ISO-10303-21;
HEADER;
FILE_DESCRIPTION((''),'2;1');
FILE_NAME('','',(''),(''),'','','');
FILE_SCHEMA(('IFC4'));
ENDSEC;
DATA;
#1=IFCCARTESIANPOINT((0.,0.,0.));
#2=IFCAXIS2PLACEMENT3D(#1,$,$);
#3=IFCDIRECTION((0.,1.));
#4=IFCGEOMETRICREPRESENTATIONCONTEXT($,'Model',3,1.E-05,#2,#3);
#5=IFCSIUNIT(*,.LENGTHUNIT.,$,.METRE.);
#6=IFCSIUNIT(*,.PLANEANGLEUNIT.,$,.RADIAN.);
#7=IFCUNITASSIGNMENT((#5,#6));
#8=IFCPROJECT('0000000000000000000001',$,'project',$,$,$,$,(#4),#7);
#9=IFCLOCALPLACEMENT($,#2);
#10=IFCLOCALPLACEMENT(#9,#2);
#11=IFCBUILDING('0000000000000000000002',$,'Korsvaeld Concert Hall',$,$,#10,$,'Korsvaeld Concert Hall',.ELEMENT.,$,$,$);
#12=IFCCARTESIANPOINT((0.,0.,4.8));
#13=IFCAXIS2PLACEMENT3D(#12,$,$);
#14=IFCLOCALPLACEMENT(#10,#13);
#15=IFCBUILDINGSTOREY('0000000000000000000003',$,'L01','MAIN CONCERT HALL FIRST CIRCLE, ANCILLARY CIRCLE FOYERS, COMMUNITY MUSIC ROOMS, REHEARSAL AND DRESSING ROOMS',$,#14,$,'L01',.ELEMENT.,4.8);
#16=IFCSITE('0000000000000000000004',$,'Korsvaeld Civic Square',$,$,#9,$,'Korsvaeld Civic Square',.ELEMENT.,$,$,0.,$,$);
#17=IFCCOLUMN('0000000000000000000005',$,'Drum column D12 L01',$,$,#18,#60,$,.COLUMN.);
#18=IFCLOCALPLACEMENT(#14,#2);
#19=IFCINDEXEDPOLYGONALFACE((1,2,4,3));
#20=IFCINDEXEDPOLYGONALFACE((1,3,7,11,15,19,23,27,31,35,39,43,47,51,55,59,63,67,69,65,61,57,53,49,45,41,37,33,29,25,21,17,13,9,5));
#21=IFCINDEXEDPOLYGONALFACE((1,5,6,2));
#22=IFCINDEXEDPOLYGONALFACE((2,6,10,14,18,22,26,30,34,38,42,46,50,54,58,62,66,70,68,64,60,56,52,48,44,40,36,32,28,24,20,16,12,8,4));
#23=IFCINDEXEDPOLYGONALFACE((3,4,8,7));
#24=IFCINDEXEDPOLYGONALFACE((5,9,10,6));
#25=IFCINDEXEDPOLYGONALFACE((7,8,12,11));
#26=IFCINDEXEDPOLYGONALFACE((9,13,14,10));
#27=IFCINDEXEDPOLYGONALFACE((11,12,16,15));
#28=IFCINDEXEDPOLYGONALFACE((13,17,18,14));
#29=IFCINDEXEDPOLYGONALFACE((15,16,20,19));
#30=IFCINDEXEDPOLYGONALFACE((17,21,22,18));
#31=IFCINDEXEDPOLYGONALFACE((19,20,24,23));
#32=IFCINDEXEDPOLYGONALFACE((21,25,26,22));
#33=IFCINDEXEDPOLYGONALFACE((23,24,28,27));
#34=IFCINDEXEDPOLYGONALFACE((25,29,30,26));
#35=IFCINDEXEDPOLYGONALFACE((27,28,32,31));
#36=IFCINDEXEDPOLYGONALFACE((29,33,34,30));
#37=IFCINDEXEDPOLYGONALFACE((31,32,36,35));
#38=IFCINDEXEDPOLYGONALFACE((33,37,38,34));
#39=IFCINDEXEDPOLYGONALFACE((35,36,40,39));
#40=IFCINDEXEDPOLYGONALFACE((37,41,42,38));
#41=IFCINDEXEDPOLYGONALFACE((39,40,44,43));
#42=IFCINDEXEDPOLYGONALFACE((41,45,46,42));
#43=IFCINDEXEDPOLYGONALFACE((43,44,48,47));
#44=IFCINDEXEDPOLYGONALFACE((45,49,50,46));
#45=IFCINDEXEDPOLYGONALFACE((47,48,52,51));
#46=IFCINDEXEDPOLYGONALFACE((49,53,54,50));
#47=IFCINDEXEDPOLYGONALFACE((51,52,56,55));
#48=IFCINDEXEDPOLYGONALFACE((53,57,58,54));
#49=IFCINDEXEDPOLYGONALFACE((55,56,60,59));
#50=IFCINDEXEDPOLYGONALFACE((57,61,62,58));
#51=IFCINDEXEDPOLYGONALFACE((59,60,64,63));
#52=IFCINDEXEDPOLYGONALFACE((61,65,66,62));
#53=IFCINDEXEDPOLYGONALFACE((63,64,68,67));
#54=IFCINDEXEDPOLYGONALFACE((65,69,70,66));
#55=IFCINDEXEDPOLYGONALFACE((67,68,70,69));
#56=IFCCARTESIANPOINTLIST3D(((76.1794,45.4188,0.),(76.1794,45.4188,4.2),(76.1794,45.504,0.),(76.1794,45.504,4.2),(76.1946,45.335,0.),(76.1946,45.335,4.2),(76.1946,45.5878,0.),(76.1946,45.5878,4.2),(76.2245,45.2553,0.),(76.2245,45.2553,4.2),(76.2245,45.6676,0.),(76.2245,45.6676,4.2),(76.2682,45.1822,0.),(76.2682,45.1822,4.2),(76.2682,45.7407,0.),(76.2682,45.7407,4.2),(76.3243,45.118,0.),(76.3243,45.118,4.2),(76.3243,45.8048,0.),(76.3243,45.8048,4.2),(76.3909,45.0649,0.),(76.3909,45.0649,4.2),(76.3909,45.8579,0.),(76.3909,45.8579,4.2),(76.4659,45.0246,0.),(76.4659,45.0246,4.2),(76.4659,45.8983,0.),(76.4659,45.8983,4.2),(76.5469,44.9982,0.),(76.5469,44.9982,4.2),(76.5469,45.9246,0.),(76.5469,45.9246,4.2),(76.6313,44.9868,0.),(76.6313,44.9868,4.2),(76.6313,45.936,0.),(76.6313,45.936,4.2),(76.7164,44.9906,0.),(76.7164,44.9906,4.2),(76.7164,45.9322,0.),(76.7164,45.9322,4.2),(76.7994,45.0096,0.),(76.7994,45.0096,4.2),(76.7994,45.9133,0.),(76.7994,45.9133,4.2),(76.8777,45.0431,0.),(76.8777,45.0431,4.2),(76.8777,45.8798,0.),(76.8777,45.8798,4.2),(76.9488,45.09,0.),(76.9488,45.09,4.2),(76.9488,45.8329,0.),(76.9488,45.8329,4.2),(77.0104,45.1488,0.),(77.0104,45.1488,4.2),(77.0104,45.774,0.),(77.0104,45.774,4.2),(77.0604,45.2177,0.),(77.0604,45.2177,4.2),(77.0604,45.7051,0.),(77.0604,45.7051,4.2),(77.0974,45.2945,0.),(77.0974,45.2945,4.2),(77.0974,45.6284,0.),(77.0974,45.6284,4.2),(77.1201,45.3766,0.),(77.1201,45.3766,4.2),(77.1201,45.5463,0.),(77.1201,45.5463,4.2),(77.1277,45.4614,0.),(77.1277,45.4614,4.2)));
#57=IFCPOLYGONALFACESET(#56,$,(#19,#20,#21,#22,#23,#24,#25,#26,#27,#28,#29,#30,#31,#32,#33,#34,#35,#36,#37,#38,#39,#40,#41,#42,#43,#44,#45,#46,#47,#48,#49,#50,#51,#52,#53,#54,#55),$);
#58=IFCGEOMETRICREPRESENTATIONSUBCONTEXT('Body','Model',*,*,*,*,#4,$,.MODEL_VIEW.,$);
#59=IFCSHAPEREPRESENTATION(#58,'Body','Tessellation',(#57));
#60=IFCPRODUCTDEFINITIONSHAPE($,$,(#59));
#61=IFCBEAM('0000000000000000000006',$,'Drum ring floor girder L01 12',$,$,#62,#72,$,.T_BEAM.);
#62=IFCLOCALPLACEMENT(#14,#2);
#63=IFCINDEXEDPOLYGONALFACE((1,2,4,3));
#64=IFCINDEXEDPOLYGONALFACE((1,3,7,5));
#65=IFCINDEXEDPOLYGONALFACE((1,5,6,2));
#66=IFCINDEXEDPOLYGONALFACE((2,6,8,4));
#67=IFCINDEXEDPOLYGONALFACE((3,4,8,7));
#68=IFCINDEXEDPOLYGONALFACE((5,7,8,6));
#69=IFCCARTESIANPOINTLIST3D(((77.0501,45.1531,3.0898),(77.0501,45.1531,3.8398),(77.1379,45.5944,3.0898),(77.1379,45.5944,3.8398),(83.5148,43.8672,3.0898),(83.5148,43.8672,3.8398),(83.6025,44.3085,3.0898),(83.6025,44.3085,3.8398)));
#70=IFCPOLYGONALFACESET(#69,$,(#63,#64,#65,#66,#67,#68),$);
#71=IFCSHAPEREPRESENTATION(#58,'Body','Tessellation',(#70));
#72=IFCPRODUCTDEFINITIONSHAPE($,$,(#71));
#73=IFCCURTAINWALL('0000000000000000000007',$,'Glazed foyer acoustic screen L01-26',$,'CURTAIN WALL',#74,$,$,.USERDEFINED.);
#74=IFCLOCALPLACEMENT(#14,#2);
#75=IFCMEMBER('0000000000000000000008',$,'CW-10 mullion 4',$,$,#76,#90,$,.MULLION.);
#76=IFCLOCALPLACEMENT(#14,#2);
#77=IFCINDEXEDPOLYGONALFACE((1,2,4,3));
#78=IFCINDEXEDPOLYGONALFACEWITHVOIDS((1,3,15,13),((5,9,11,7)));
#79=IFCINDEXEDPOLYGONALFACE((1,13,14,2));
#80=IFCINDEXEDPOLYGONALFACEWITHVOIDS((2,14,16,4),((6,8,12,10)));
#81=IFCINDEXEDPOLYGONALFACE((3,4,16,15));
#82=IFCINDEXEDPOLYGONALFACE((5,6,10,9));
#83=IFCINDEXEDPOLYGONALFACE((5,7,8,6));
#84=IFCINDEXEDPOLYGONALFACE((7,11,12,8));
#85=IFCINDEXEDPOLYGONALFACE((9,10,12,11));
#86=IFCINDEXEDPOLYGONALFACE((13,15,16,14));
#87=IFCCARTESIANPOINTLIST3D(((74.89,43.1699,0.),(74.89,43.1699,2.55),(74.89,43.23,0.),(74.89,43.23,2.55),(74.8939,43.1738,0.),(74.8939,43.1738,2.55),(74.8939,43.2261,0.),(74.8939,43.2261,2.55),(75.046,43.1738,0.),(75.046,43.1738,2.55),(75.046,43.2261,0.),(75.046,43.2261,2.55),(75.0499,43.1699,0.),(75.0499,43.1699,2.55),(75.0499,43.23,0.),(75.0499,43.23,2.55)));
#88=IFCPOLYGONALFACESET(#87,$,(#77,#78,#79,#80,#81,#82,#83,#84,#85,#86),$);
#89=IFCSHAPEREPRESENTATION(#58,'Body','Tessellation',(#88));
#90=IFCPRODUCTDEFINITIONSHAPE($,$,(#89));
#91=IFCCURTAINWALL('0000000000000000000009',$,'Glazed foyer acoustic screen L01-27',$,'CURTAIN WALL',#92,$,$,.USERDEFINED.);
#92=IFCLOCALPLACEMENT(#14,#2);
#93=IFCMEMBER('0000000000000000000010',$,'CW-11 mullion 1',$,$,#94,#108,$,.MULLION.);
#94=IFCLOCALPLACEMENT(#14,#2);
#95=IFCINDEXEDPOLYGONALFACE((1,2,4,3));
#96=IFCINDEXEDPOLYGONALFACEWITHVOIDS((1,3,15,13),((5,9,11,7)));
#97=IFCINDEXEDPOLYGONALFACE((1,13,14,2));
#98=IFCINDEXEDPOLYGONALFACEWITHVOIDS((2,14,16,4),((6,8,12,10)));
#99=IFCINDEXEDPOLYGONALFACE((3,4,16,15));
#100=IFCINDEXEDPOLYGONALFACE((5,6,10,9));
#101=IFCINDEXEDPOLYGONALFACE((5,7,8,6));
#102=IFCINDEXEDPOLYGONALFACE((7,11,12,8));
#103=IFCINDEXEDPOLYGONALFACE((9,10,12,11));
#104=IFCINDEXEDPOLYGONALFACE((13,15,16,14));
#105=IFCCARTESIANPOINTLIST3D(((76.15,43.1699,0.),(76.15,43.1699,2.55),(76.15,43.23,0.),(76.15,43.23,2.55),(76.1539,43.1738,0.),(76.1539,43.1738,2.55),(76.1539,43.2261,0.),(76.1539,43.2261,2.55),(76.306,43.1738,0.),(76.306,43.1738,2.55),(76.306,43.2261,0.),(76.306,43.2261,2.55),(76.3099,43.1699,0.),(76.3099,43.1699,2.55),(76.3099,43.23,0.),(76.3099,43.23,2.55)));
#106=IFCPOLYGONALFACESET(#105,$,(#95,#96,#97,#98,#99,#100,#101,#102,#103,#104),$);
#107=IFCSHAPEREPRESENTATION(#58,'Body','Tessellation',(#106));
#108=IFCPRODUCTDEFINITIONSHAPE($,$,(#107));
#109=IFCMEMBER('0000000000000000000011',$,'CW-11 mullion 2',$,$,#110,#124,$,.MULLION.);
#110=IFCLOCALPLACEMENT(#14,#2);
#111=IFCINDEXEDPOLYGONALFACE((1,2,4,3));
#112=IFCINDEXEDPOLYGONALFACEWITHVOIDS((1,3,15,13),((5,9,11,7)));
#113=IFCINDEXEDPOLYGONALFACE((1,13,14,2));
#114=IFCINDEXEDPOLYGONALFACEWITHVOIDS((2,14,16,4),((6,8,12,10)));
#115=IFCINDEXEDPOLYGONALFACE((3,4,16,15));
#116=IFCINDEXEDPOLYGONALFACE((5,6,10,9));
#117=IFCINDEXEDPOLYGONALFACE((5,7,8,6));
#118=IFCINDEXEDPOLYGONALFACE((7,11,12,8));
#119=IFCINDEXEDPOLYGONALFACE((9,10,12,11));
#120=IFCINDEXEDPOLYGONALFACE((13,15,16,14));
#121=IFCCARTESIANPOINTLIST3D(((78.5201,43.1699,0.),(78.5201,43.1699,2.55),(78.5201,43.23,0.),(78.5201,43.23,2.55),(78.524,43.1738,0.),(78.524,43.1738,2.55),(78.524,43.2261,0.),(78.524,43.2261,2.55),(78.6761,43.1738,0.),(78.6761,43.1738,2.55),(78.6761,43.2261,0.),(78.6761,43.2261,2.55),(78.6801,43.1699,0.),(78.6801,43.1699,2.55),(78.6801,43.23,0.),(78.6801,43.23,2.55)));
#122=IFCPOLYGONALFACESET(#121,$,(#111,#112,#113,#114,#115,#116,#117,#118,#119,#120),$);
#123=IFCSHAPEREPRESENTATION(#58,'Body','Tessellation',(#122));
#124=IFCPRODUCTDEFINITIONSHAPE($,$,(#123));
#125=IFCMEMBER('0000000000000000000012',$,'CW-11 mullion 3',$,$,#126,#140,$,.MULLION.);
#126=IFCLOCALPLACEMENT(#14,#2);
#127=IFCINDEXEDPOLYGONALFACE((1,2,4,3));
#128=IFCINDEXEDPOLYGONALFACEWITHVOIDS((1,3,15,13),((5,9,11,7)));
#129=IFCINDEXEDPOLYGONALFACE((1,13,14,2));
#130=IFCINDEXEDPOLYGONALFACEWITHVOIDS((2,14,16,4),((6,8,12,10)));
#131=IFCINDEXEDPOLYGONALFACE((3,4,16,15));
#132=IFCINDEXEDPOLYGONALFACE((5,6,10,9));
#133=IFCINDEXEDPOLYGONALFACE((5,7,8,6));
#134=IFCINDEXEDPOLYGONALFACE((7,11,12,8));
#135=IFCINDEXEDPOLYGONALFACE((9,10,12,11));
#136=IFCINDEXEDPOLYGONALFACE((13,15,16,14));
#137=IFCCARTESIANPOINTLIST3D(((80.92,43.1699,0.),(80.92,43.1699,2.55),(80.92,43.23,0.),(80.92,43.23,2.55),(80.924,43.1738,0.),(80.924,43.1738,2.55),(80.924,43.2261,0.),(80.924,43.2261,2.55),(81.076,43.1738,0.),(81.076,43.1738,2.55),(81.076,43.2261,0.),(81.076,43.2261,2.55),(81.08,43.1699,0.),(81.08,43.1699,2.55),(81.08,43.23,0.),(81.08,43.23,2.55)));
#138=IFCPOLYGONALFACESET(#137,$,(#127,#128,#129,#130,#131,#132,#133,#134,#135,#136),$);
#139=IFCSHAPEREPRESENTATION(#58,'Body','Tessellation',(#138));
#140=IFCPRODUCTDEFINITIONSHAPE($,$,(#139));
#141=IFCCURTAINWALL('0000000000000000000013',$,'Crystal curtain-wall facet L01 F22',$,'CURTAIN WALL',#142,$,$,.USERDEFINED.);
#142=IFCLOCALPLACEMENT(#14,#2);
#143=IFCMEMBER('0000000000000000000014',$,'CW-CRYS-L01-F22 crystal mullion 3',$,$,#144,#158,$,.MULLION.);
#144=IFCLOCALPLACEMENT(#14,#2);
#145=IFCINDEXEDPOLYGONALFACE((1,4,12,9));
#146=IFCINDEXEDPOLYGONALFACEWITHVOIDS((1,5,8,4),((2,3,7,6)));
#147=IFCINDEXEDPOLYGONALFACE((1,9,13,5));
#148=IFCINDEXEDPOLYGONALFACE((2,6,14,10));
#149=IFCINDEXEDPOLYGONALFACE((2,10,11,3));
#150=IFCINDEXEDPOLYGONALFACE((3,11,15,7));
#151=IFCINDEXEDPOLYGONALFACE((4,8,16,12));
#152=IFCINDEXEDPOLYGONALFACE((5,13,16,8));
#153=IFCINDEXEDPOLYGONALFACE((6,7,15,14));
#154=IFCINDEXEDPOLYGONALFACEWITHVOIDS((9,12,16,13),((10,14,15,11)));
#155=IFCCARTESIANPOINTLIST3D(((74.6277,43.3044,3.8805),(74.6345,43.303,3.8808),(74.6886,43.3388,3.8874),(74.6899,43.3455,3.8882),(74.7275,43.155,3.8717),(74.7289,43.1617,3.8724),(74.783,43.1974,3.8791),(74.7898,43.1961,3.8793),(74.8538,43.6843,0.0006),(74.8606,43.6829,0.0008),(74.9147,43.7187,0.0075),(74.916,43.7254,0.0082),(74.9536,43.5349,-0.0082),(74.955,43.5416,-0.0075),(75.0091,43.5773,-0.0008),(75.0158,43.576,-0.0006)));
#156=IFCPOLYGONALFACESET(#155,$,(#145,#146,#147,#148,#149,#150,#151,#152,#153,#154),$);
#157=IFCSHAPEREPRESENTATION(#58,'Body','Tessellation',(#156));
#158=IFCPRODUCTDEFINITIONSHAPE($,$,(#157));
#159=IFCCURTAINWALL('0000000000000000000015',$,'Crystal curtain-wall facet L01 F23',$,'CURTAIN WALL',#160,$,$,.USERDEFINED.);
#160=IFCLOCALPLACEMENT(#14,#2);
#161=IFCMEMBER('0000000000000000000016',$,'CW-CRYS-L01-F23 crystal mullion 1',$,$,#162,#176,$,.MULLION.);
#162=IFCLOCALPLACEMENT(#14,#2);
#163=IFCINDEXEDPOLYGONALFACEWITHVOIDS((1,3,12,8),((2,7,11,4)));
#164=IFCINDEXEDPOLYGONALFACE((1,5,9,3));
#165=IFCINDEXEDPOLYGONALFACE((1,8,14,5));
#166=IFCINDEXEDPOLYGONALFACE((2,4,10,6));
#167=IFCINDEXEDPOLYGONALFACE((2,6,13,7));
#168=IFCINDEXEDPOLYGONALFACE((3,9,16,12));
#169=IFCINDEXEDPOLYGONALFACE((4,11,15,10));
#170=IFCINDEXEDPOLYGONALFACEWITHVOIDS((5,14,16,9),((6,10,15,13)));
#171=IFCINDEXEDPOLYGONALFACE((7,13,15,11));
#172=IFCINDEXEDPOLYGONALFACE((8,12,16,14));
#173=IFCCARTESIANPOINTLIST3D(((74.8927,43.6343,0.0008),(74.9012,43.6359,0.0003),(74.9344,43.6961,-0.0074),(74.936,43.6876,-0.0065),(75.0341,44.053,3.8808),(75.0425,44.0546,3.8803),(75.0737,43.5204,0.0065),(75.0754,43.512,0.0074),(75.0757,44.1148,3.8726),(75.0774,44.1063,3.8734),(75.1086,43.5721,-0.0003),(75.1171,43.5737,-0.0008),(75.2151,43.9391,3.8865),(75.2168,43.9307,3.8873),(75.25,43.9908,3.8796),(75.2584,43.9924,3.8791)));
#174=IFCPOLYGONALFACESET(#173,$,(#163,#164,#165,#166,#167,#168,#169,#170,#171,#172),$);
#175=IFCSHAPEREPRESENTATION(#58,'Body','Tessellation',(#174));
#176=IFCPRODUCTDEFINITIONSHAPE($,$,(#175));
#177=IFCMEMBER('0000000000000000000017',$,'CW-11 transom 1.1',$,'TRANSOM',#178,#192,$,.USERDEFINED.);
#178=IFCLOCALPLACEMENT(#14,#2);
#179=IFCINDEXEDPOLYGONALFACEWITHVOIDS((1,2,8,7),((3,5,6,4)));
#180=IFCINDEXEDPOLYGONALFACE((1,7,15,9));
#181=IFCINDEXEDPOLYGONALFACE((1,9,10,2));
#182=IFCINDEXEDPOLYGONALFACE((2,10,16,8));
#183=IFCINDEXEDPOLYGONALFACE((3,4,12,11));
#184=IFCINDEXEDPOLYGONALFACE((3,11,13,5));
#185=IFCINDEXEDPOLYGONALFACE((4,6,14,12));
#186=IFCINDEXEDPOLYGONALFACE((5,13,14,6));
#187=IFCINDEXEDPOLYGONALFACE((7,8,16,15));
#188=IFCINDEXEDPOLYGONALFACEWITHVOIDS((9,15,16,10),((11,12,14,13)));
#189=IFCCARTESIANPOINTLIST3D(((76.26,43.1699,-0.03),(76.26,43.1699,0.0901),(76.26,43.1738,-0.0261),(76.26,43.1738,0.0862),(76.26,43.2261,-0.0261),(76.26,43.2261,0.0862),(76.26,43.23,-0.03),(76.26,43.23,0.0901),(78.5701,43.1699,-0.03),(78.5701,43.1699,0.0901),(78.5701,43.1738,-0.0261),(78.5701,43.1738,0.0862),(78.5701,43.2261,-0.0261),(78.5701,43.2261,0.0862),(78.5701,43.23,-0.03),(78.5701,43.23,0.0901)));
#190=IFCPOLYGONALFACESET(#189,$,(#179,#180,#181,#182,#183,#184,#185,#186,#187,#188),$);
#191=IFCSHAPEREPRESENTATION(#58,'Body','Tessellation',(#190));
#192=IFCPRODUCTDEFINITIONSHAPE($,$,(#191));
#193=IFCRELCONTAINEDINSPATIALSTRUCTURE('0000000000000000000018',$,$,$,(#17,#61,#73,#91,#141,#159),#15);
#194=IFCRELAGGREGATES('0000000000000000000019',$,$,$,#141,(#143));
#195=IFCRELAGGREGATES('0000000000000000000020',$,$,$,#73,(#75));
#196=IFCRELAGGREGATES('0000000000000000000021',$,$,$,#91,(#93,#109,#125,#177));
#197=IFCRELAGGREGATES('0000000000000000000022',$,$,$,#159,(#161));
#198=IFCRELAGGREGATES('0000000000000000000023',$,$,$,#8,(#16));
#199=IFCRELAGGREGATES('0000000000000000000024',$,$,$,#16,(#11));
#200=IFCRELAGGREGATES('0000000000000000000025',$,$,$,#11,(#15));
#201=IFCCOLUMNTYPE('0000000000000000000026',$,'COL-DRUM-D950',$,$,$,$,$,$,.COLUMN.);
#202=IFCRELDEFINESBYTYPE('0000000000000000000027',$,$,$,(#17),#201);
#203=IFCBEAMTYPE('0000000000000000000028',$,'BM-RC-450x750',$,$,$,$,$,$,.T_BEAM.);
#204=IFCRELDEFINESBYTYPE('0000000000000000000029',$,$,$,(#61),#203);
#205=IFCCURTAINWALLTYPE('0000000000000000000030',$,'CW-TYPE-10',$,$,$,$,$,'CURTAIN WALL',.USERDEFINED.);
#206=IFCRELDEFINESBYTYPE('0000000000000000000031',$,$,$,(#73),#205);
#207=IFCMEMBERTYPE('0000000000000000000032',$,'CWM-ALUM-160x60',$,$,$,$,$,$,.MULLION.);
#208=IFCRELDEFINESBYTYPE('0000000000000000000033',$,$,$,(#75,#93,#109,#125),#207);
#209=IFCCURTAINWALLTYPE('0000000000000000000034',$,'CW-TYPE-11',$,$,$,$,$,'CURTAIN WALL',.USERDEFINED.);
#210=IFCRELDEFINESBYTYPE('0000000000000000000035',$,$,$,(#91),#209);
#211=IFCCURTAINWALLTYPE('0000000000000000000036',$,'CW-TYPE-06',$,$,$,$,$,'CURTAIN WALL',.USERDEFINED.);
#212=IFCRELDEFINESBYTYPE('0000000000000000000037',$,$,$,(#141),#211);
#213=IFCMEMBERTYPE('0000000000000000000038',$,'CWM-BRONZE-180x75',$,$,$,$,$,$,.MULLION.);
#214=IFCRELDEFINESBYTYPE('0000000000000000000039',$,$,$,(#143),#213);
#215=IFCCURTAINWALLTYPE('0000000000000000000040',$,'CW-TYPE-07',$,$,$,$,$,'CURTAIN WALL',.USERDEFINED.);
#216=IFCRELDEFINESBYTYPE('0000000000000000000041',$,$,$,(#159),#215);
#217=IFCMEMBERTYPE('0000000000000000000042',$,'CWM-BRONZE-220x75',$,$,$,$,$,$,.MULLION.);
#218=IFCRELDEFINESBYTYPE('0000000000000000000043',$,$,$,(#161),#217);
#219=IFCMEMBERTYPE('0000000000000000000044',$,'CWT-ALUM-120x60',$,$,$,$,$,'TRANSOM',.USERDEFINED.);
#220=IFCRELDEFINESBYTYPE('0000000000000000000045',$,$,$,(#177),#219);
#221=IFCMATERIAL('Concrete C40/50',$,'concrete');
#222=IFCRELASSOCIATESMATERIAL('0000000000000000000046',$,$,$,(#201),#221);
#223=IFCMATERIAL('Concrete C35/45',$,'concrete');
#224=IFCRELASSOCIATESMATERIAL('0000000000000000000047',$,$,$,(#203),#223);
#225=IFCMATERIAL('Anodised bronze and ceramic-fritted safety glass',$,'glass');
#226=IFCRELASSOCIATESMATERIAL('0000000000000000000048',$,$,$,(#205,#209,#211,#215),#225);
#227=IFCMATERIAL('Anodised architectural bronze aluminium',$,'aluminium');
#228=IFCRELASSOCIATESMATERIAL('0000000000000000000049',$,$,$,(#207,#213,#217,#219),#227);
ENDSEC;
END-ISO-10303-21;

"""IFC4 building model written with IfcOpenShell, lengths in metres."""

from ifc_helpers import new_model, si_unit, direction, frame, origin, origin_2d, place, context, subcontext, project, spatial, rectangle, hollow_rectangle, circle, extrude, material, material_profile, profile_set, type_object, element, aggregate, save


model = new_model("IFC4")

# Units and contexts
model_context = context("Model", 3, precision=1e-05, world=origin(), true_north=direction((0.0, 1.0)))
body_context = subcontext(model_context, "Body", "Model", "MODEL_VIEW")
ifc_project = project(units=[si_unit("LENGTHUNIT", "METRE"), si_unit("PLANEANGLEUNIT", "RADIAN")], contexts=[model_context])

# Site, building, storey
site_placement = place(None, origin())
site = spatial("IfcSite", under=ifc_project, at=site_placement, Name="Korsvaeld Civic Square", LongName="Korsvaeld Civic Square", CompositionType="ELEMENT", RefElevation=0.0)
building_placement = place(site_placement, origin())
building = spatial("IfcBuilding", under=site, at=building_placement, Name="Korsvaeld Concert Hall", LongName="Korsvaeld Concert Hall", CompositionType="ELEMENT")
storey_placement = place(building_placement, frame((0.0, 0.0, 4.8)))
storey = spatial("IfcBuildingStorey", under=building, at=storey_placement, Name="L01", Description="MAIN CONCERT HALL FIRST CIRCLE, ANCILLARY CIRCLE FOYERS, COMMUNITY MUSIC ROOMS, REHEARSAL AND DRESSING ROOMS", LongName="L01", CompositionType="ELEMENT", Elevation=4.8)

# Column
ifc_material_1 = material(Name="Concrete C40/50", Category="concrete")
ifc_material_profile_1 = material_profile(ifc_material_1, circle(Radius=0.4751, at=origin_2d()), Name="RC D950")
ifc_profile_set_1 = profile_set([ifc_material_profile_1], Name="Concrete C40/50")
column_type = type_object("IfcColumnType", Name="COL-DRUM-D950", PredefinedType="COLUMN", material=ifc_profile_set_1)
column_placement = place(storey_placement, frame((76.6526, 45.4614, 0.0), z_axis=(0.0, 0.0, 1.0), x_axis=(1.0, 0.0, 0.0)))
element("IfcColumn", 1, at=column_placement, inside=storey, type_object=column_type, Name="Drum column D12 L01", PredefinedType="COLUMN", context=body_context, shape_type="SweptSolid", body=[
    extrude(circle(Radius=0.4751, at=origin_2d()), origin(), (0.0, 0.0, 1.0), 4.2),
])

# Beam
ifc_material_2 = material(Name="Concrete C35/45", Category="concrete")
ifc_material_profile_2 = material_profile(ifc_material_2, rectangle(XDim=0.45, YDim=0.75, at=origin_2d()), Name="RC 450x750")
ifc_profile_set_2 = profile_set([ifc_material_profile_2], Name="Concrete C35/45")
beam_type = type_object("IfcBeamType", Name="BM-RC-450x750", PredefinedType="T_BEAM", material=ifc_profile_set_2)
beam_placement = place(storey_placement, frame((77.094, 45.3738, 3.4648), z_axis=(0.980785, -0.19509, 0.0), x_axis=(0.19509, 0.980785, 0.0)))
element("IfcBeam", 2, at=beam_placement, inside=storey, type_object=beam_type, Name="Drum ring floor girder L01 12", PredefinedType="T_BEAM", context=body_context, shape_type="SweptSolid", body=[
    extrude(rectangle(XDim=0.45, YDim=0.75, at=origin_2d()), origin(), (0.0, 0.0, 1.0), 6.5913),
])

# Curtain wall, member
ifc_material_3 = material(Name="Anodised bronze and ceramic-fritted safety glass", Category="glass")
curtain_wall_type_1 = type_object("IfcCurtainWallType", Name="CW-TYPE-10", ElementType="CURTAIN WALL", PredefinedType="USERDEFINED", material=ifc_material_3)
curtain_wall_1_placement = place(storey_placement, origin())
curtain_wall_1 = element("IfcCurtainWall", 3, at=curtain_wall_1_placement, inside=storey, type_object=curtain_wall_type_1, Name="Glazed foyer acoustic screen L01-26", ObjectType="CURTAIN WALL", PredefinedType="USERDEFINED")
ifc_material_4 = material(Name="Anodised architectural bronze aluminium", Category="aluminium")
ifc_material_profile_3 = material_profile(ifc_material_4, hollow_rectangle(XDim=0.0601, YDim=0.1599, WallThickness=0.0039, at=origin_2d()), Name="CWM 160x60x4")
ifc_profile_set_3 = profile_set([ifc_material_profile_3], Name="Anodised architectural bronze aluminium")
member_type_1 = type_object("IfcMemberType", Name="CWM-ALUM-160x60", PredefinedType="MULLION", material=ifc_profile_set_3)
member_1_placement = place(storey_placement, frame((74.97, 43.2, 0.0), z_axis=(0.0, 0.0, 1.0), x_axis=(0.0, 1.0, 0.0)))
member_1 = element("IfcMember", 4, at=member_1_placement, type_object=member_type_1, Name="CW-10 mullion 4", PredefinedType="MULLION", context=body_context, shape_type="SweptSolid", body=[
    extrude(hollow_rectangle(XDim=0.0601, YDim=0.1599, WallThickness=0.0039, at=origin_2d()), origin(), (0.0, 0.0, 1.0), 2.55),
])

# Curtain wall, members
curtain_wall_type_2 = type_object("IfcCurtainWallType", Name="CW-TYPE-11", ElementType="CURTAIN WALL", PredefinedType="USERDEFINED", material=ifc_material_3)
curtain_wall_2_placement = place(storey_placement, origin())
curtain_wall_2 = element("IfcCurtainWall", 5, at=curtain_wall_2_placement, inside=storey, type_object=curtain_wall_type_2, Name="Glazed foyer acoustic screen L01-27", ObjectType="CURTAIN WALL", PredefinedType="USERDEFINED")
member_2_placement = place(storey_placement, frame((76.23, 43.2, 0.0), z_axis=(0.0, 0.0, 1.0), x_axis=(0.0, 1.0, 0.0)))
member_2 = element("IfcMember", 6, at=member_2_placement, type_object=member_type_1, Name="CW-11 mullion 1", PredefinedType="MULLION", context=body_context, shape_type="SweptSolid", body=[
    extrude(hollow_rectangle(XDim=0.0601, YDim=0.1599, WallThickness=0.0039, at=origin_2d()), origin(), (0.0, 0.0, 1.0), 2.55),
])
member_3_placement = place(storey_placement, frame((78.6001, 43.2, 0.0), z_axis=(0.0, 0.0, 1.0), x_axis=(0.0, 1.0, 0.0)))
member_3 = element("IfcMember", 7, at=member_3_placement, type_object=member_type_1, Name="CW-11 mullion 2", PredefinedType="MULLION", context=body_context, shape_type="SweptSolid", body=[
    extrude(hollow_rectangle(XDim=0.0601, YDim=0.1599, WallThickness=0.0039, at=origin_2d()), origin(), (0.0, 0.0, 1.0), 2.55),
])
member_4_placement = place(storey_placement, frame((81.0, 43.2, 0.0), z_axis=(0.0, 0.0, 1.0), x_axis=(0.0, 1.0, 0.0)))
member_4 = element("IfcMember", 8, at=member_4_placement, type_object=member_type_1, Name="CW-11 mullion 3", PredefinedType="MULLION", context=body_context, shape_type="SweptSolid", body=[
    extrude(hollow_rectangle(XDim=0.0601, YDim=0.1599, WallThickness=0.0039, at=origin_2d()), origin(), (0.0, 0.0, 1.0), 2.55),
])

# Curtain walls, members
curtain_wall_type_3 = type_object("IfcCurtainWallType", Name="CW-TYPE-06", ElementType="CURTAIN WALL", PredefinedType="USERDEFINED", material=ifc_material_3)
curtain_wall_3_placement = place(storey_placement, origin())
curtain_wall_3 = element("IfcCurtainWall", 9, at=curtain_wall_3_placement, inside=storey, type_object=curtain_wall_type_3, Name="Crystal curtain-wall facet L01 F22", ObjectType="CURTAIN WALL", PredefinedType="USERDEFINED")
ifc_material_profile_4 = material_profile(ifc_material_4, hollow_rectangle(XDim=0.075, YDim=0.1799, WallThickness=0.0049, at=origin_2d()), Name="CWM 180x75x5")
ifc_profile_set_4 = profile_set([ifc_material_profile_4], Name="Anodised architectural bronze aluminium")
member_type_2 = type_object("IfcMemberType", Name="CWM-BRONZE-180x75", PredefinedType="MULLION", material=ifc_profile_set_4)
member_5_placement = place(storey_placement, frame((74.9348, 43.6301, 0.0), z_axis=(-0.057894, -0.097281, 0.993572), x_axis=(0.829999, 0.548349, 0.102052)))
member_5 = element("IfcMember", 10, at=member_5_placement, type_object=member_type_2, Name="CW-CRYS-L01-F22 crystal mullion 3", PredefinedType="MULLION", context=body_context, shape_type="SweptSolid", body=[
    extrude(hollow_rectangle(XDim=0.075, YDim=0.1799, WallThickness=0.0049, at=origin_2d()), origin(), (0.0, 0.0, 1.0), 3.905),
])
aggregate(curtain_wall_3, [member_5])
curtain_wall_type_4 = type_object("IfcCurtainWallType", Name="CW-TYPE-07", ElementType="CURTAIN WALL", PredefinedType="USERDEFINED", material=ifc_material_3)
curtain_wall_4_placement = place(storey_placement, origin())
curtain_wall_4 = element("IfcCurtainWall", 11, at=curtain_wall_4_placement, inside=storey, type_object=curtain_wall_type_4, Name="Crystal curtain-wall facet L01 F23", ObjectType="CURTAIN WALL", PredefinedType="USERDEFINED")
ifc_material_profile_5 = material_profile(ifc_material_4, hollow_rectangle(XDim=0.075, YDim=0.22, WallThickness=0.0061, at=origin_2d()), Name="CWM 220x75x6")
ifc_profile_set_5 = profile_set([ifc_material_profile_5], Name="Anodised architectural bronze aluminium")
member_type_3 = type_object("IfcMemberType", Name="CWM-BRONZE-220x75", PredefinedType="MULLION", material=ifc_profile_set_5)
member_6_placement = place(storey_placement, frame((75.0049, 43.604, 0.0), z_axis=(0.036199, 0.107223, 0.993576), x_axis=(-0.555734, -0.824159, 0.109187)))
member_6 = element("IfcMember", 12, at=member_6_placement, type_object=member_type_3, Name="CW-CRYS-L01-F23 crystal mullion 1", PredefinedType="MULLION", context=body_context, shape_type="SweptSolid", body=[
    extrude(hollow_rectangle(XDim=0.075, YDim=0.22, WallThickness=0.0061, at=origin_2d()), origin(), (0.0, 0.0, 1.0), 3.905),
])

# Member
ifc_material_profile_6 = material_profile(ifc_material_4, hollow_rectangle(XDim=0.0601, YDim=0.1201, WallThickness=0.0039, at=origin_2d()), Name="CWT 120x60x4")
ifc_profile_set_6 = profile_set([ifc_material_profile_6], Name="Anodised architectural bronze aluminium")
member_type_4 = type_object("IfcMemberType", Name="CWT-ALUM-120x60", ElementType="TRANSOM", PredefinedType="USERDEFINED", material=ifc_profile_set_6)
member_7_placement = place(storey_placement, frame((76.26, 43.2, 0.03), z_axis=(1.0, 0.0, 0.0), x_axis=(0.0, 1.0, 0.0)))
member_7 = element("IfcMember", 13, at=member_7_placement, type_object=member_type_4, Name="CW-11 transom 1.1", ObjectType="TRANSOM", PredefinedType="USERDEFINED", context=body_context, shape_type="SweptSolid", body=[
    extrude(hollow_rectangle(XDim=0.0601, YDim=0.1201, WallThickness=0.0039, at=origin_2d()), origin(), (0.0, 0.0, 1.0), 2.3101),
])

aggregate(curtain_wall_1, [member_1])
aggregate(curtain_wall_2, [member_2, member_3, member_4, member_7])
aggregate(curtain_wall_4, [member_6])

save(model, "model.ifc")
